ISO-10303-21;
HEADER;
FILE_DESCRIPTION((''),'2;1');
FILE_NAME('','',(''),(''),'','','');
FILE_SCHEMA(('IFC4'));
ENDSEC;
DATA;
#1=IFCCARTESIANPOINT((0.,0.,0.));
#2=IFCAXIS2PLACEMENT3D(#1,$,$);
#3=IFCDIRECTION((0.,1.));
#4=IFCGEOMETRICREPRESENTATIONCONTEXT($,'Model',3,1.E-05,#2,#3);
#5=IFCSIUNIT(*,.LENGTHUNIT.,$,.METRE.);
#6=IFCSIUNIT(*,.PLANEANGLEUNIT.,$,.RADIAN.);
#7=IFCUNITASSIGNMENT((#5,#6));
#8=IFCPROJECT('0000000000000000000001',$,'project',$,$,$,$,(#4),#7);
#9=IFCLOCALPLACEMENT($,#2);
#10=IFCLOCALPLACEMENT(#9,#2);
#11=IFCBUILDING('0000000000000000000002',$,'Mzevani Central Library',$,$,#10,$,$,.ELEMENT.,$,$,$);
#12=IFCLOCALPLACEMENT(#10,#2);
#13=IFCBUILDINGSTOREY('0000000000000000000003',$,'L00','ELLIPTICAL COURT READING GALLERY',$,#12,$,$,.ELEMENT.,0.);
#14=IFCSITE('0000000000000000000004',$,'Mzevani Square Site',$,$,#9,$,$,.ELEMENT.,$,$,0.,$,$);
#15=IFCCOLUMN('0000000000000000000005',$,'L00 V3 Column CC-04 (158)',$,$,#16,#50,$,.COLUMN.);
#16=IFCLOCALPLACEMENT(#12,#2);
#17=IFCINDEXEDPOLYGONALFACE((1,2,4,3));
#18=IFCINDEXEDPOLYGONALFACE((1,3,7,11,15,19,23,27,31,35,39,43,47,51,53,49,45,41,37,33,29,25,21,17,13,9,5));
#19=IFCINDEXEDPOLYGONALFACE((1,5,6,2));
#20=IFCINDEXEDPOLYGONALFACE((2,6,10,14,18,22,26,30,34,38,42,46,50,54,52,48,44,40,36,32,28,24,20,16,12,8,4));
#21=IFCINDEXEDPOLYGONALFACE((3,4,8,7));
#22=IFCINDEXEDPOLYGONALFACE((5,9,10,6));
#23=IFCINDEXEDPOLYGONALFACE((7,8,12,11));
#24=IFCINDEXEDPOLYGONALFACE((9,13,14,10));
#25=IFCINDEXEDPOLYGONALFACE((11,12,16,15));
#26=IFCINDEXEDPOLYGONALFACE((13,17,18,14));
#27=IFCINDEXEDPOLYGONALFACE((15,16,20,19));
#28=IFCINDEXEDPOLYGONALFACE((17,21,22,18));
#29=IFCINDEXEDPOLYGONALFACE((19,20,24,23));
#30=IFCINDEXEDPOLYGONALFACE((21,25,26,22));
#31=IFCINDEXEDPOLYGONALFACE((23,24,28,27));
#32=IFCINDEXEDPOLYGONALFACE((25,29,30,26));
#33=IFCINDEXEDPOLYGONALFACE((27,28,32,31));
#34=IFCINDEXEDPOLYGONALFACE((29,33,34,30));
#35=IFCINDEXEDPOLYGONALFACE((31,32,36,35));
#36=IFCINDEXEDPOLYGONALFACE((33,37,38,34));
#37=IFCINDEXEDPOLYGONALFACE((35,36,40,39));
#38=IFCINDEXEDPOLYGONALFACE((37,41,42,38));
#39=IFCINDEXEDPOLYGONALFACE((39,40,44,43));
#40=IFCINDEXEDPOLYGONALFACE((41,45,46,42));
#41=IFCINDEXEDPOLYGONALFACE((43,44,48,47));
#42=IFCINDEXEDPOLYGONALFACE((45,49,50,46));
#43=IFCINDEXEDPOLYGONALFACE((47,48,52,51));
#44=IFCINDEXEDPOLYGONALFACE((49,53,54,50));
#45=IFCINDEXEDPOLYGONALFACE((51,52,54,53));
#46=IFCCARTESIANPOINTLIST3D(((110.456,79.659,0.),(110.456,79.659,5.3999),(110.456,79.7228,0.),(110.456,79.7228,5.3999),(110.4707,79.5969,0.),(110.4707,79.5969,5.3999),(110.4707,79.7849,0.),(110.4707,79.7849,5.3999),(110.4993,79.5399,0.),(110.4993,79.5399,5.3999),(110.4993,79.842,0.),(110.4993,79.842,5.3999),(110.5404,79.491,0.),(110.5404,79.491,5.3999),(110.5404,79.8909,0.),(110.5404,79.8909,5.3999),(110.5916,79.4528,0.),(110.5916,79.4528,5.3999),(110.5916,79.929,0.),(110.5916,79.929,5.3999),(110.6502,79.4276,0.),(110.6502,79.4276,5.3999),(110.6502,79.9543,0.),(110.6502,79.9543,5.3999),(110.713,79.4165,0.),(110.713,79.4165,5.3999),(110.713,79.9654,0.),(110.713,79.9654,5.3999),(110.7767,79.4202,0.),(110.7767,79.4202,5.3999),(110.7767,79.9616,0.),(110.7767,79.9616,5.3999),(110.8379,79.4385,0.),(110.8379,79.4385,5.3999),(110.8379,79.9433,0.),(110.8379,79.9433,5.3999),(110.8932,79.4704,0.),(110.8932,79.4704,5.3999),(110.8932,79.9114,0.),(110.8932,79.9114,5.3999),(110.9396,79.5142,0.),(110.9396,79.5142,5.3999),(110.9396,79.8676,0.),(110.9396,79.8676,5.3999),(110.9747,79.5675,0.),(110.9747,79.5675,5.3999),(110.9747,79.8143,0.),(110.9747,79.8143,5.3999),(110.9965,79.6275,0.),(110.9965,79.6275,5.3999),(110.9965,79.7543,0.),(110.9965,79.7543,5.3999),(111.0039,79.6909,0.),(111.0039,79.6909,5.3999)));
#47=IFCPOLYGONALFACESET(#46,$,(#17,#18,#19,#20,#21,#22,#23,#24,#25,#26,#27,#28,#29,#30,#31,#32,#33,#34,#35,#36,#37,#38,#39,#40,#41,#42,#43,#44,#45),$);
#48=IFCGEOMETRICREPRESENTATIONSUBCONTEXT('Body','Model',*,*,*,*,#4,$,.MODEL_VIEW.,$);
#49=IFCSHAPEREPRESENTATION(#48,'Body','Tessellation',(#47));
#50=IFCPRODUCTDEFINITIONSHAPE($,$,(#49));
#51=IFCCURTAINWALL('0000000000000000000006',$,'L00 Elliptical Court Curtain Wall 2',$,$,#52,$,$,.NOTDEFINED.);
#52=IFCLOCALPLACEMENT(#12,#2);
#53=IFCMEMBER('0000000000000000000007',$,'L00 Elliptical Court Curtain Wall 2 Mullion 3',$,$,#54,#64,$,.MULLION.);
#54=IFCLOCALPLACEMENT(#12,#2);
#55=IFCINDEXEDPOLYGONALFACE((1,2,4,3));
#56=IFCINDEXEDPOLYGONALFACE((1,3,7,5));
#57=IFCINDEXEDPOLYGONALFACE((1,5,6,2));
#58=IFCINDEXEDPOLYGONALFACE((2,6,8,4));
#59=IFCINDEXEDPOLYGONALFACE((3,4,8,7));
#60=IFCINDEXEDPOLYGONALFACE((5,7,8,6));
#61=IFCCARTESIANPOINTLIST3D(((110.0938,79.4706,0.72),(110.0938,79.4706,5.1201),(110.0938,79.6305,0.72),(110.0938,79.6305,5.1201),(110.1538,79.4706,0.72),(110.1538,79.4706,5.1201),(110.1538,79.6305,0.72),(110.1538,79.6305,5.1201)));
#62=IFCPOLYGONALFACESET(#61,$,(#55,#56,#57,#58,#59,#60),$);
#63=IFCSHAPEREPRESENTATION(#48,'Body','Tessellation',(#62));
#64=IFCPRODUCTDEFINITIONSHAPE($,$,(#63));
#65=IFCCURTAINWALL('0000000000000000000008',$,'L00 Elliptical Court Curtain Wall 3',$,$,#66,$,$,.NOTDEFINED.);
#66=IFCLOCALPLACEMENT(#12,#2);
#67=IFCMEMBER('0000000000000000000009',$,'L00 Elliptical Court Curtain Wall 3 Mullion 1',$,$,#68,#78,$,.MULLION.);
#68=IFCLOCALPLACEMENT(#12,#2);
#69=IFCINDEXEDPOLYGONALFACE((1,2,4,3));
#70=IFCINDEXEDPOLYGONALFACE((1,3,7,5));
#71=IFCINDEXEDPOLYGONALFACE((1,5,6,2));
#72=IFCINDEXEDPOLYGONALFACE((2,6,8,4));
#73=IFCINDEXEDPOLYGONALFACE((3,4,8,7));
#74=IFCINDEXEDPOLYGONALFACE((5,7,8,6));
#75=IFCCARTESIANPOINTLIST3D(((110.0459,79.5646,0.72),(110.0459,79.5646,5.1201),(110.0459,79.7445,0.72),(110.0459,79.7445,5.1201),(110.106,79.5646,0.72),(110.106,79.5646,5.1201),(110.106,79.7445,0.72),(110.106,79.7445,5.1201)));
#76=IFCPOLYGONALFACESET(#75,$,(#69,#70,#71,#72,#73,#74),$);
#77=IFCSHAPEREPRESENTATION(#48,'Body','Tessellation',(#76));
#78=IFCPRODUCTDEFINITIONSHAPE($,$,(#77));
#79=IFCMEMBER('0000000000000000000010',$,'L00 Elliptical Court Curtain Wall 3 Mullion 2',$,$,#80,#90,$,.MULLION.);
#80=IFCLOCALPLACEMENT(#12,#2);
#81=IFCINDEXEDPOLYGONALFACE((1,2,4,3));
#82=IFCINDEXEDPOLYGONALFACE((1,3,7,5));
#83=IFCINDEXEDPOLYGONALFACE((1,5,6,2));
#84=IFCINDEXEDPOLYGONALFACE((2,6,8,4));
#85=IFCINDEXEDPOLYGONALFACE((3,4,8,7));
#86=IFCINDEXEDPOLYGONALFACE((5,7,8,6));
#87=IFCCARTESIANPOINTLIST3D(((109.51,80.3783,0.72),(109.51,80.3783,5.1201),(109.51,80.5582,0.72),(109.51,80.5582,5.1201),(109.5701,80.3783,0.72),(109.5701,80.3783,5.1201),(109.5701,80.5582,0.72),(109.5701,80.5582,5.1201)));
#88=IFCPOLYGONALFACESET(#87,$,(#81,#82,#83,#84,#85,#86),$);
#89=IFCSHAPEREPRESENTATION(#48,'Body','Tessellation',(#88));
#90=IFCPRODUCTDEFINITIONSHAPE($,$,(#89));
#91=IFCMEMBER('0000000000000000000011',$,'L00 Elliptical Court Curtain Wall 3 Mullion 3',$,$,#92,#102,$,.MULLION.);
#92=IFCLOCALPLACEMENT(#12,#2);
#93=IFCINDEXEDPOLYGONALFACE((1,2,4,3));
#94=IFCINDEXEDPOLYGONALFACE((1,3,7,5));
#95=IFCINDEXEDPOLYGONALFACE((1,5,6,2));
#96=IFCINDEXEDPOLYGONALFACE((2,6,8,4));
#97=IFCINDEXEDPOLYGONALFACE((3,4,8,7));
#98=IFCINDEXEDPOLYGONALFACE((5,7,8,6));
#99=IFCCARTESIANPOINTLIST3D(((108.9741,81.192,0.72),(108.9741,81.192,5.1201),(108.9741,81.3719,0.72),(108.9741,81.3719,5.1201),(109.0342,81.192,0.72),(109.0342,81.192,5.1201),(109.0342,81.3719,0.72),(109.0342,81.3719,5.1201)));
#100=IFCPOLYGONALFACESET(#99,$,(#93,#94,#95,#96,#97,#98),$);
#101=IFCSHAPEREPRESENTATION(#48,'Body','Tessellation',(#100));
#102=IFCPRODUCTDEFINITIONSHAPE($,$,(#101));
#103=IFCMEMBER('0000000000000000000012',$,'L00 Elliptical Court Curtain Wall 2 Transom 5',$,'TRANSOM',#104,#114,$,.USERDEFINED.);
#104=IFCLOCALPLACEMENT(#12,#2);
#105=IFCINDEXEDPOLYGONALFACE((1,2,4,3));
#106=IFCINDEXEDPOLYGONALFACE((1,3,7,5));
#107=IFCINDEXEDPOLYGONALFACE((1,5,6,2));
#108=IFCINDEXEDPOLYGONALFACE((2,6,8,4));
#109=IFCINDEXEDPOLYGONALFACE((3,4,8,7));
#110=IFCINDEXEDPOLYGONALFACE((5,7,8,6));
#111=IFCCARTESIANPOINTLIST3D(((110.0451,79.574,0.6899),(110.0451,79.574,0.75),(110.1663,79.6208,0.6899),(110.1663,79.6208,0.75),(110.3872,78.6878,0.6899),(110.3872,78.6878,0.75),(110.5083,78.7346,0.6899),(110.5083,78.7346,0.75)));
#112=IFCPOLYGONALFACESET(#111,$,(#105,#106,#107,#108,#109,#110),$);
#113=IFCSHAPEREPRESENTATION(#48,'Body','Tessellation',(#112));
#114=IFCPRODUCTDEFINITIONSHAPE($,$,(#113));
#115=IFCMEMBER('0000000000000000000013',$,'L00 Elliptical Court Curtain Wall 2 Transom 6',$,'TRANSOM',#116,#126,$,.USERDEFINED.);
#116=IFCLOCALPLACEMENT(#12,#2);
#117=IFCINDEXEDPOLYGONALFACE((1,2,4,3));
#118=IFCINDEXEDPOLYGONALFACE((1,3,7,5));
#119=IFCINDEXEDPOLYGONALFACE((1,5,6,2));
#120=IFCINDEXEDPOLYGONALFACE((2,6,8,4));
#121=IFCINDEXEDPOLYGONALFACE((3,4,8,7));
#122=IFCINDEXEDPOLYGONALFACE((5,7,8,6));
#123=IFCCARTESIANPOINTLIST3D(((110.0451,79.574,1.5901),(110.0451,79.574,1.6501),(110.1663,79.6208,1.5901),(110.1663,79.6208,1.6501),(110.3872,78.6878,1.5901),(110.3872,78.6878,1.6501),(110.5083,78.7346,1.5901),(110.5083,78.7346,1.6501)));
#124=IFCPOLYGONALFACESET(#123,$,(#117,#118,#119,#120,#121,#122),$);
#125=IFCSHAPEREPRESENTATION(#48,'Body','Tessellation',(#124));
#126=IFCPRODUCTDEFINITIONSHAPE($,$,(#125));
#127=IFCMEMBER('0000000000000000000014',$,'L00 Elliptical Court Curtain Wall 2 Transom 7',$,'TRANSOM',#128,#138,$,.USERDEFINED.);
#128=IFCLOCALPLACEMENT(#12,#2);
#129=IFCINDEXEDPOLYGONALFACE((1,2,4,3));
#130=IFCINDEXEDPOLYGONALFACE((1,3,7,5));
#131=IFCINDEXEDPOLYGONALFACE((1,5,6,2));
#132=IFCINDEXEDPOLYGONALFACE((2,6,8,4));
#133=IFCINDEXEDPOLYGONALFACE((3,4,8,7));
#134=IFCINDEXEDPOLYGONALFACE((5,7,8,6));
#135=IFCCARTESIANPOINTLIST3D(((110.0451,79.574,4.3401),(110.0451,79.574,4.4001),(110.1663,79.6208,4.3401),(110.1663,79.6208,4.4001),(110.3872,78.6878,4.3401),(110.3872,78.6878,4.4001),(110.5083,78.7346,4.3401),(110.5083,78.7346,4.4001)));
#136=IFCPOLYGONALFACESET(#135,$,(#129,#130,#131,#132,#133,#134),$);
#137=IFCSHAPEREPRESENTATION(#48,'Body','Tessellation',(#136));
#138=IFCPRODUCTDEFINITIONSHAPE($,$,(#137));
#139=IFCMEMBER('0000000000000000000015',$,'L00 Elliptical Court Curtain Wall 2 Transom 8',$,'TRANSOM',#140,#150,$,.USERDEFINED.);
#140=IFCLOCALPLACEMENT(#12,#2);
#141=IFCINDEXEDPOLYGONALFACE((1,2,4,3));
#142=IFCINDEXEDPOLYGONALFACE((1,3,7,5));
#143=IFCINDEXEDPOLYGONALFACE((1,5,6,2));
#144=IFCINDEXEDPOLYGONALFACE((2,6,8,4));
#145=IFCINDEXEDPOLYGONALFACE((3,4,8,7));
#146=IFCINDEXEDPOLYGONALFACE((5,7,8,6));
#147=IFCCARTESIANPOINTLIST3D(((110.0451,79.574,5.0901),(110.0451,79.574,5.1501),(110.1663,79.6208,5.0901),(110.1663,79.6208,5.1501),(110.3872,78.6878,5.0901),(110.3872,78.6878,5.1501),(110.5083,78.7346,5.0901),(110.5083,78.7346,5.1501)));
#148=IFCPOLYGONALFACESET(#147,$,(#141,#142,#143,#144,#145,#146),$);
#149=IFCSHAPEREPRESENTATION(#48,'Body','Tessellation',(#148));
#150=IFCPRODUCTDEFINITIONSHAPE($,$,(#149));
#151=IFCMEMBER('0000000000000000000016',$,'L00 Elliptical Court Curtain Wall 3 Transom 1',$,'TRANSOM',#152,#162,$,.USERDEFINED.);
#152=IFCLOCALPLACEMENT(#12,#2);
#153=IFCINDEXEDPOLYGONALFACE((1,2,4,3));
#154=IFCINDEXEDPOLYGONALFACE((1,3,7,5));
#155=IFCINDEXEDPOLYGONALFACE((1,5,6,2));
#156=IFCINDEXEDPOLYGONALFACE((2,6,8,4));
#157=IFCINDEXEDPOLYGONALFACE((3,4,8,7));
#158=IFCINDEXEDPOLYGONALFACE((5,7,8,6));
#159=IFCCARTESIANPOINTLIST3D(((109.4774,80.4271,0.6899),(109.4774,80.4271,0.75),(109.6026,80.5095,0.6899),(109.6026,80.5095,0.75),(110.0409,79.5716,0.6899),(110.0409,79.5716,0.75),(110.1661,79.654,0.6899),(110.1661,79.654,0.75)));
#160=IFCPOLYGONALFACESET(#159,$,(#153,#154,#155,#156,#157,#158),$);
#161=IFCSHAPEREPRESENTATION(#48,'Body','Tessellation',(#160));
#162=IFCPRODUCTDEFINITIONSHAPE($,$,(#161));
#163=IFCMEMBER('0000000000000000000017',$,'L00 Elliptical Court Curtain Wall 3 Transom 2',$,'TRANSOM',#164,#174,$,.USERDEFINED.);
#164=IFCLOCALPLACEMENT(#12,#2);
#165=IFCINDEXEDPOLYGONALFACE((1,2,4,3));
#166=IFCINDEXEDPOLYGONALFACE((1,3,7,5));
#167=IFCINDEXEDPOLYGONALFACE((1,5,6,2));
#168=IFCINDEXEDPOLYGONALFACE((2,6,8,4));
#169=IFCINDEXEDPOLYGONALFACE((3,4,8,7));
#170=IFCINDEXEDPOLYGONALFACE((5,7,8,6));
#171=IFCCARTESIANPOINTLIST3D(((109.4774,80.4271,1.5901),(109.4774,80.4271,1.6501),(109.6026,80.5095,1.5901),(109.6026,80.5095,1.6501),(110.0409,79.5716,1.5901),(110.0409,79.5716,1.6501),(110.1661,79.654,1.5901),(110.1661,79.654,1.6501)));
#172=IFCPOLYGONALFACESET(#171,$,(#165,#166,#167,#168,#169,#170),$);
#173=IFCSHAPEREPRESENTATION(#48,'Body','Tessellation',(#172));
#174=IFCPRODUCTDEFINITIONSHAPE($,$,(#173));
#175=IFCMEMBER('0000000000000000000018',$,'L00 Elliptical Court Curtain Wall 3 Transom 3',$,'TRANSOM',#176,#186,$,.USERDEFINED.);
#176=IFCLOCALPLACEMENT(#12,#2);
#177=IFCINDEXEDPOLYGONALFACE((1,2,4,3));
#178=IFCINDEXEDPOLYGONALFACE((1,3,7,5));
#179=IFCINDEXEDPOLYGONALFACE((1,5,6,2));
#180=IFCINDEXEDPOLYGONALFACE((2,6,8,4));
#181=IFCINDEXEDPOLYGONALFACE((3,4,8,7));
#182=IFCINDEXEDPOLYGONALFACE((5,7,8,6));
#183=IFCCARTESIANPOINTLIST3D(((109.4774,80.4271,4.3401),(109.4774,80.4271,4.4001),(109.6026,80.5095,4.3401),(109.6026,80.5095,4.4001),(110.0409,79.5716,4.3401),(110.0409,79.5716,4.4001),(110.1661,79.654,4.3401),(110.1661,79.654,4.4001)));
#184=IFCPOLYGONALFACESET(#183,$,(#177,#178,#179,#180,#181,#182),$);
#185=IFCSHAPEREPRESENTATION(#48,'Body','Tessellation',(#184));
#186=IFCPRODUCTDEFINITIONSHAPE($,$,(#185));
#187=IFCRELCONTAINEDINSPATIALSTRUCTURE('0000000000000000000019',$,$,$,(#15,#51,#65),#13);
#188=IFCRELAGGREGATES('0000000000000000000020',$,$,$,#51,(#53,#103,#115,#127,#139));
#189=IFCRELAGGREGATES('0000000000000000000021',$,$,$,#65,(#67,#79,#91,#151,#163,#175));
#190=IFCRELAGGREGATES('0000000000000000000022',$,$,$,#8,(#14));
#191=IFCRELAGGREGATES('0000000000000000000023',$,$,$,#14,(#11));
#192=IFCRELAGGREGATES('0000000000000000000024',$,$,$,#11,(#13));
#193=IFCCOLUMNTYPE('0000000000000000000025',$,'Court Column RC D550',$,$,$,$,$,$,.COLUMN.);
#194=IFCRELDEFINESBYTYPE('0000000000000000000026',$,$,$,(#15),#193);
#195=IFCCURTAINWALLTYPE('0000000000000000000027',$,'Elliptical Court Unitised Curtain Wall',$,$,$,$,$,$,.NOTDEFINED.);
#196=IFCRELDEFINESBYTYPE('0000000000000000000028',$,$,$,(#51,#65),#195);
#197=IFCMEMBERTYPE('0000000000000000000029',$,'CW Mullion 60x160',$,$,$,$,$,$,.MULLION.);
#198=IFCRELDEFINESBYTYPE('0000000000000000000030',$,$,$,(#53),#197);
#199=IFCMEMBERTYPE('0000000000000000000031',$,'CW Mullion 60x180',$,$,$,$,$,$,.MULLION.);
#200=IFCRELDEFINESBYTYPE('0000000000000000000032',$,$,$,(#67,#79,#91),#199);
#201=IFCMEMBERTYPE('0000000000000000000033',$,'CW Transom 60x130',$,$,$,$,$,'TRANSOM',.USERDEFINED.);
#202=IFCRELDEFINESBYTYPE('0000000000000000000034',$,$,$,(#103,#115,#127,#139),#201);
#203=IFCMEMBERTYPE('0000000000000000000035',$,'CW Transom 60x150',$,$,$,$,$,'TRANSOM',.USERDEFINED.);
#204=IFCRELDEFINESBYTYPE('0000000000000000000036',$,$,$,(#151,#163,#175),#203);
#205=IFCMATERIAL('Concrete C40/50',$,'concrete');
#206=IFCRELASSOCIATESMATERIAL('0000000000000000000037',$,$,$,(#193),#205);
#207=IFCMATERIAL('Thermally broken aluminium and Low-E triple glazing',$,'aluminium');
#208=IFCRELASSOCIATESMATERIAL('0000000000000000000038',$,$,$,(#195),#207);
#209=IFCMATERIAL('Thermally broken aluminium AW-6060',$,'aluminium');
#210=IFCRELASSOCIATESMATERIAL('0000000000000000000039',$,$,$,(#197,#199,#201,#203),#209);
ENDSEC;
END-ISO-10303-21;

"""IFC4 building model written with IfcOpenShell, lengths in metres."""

from ifc_helpers import new_model, si_unit, direction, frame, origin, origin_2d, place, context, subcontext, project, spatial, rectangle, circle, extrude, material, material_profile, profile_set, type_object, element, aggregate, save


model = new_model("IFC4")

# Units and contexts
model_context = context("Model", 3, precision=1e-05, world=origin(), true_north=direction((0.0, 1.0)))
body_context = subcontext(model_context, "Body", "Model", "MODEL_VIEW")
ifc_project = project(units=[si_unit("LENGTHUNIT", "METRE"), si_unit("PLANEANGLEUNIT", "RADIAN")], contexts=[model_context])

# Site, building, storey
site_placement = place(None, origin())
site = spatial("IfcSite", under=ifc_project, at=site_placement, Name="Mzevani Square Site", CompositionType="ELEMENT", RefElevation=0.0)
building_placement = place(site_placement, origin())
building = spatial("IfcBuilding", under=site, at=building_placement, Name="Mzevani Central Library", CompositionType="ELEMENT")
storey_placement = place(building_placement, origin())
storey = spatial("IfcBuildingStorey", under=building, at=storey_placement, Name="L00", Description="ELLIPTICAL COURT READING GALLERY", CompositionType="ELEMENT", Elevation=0.0)

# Column
ifc_material_1 = material(Name="Concrete C40/50", Category="concrete")
ifc_material_profile_1 = material_profile(ifc_material_1, circle(Radius=0.2749, at=origin_2d()), Name="RC D550")
ifc_profile_set_1 = profile_set([ifc_material_profile_1], Name="Concrete C40/50")
column_type = type_object("IfcColumnType", Name="Court Column RC D550", PredefinedType="COLUMN", material=ifc_profile_set_1)
column_placement = place(storey_placement, frame((110.729, 79.6909, 0.0), z_axis=(0.0, 0.0, 1.0), x_axis=(1.0, 0.0, 0.0)))
element("IfcColumn", 1, at=column_placement, inside=storey, type_object=column_type, Name="L00 V3 Column CC-04 (158)", PredefinedType="COLUMN", context=body_context, shape_type="SweptSolid", body=[
    extrude(circle(Radius=0.2749, at=origin_2d()), origin(), (0.0, 0.0, 1.0), 5.3999),
])

# Curtain wall, member
ifc_material_2 = material(Name="Thermally broken aluminium and Low-E triple glazing", Category="aluminium")
curtain_wall_type_1 = type_object("IfcCurtainWallType", Name="Elliptical Court Unitised Curtain Wall", PredefinedType="NOTDEFINED", material=ifc_material_2)
curtain_wall_1_placement = place(storey_placement, origin())
curtain_wall_1 = element("IfcCurtainWall", 2, at=curtain_wall_1_placement, inside=storey, type_object=curtain_wall_type_1, Name="L00 Elliptical Court Curtain Wall 2", PredefinedType="NOTDEFINED")
ifc_material_3 = material(Name="Thermally broken aluminium AW-6060", Category="aluminium")
ifc_material_profile_2 = material_profile(ifc_material_3, rectangle(XDim=0.0601, YDim=0.1599, at=origin_2d()), Name="ALU M60x160")
ifc_profile_set_2 = profile_set([ifc_material_profile_2], Name="Thermally broken aluminium AW-6060")
member_type_1 = type_object("IfcMemberType", Name="CW Mullion 60x160", PredefinedType="MULLION", material=ifc_profile_set_2)
member_1_placement = place(storey_placement, frame((110.1238, 79.5505, 0.72), z_axis=(0.0, 0.0, 1.0), x_axis=(1.0, 0.0, 0.0)))
member_1 = element("IfcMember", 3, at=member_1_placement, type_object=member_type_1, Name="L00 Elliptical Court Curtain Wall 2 Mullion 3", PredefinedType="MULLION", context=body_context, shape_type="SweptSolid", body=[
    extrude(rectangle(XDim=0.0601, YDim=0.1599, at=origin_2d()), origin(), (0.0, 0.0, 1.0), 4.4001),
])

# Curtain wall, members
curtain_wall_2_placement = place(storey_placement, origin())
curtain_wall_2 = element("IfcCurtainWall", 4, at=curtain_wall_2_placement, inside=storey, type_object=curtain_wall_type_1, Name="L00 Elliptical Court Curtain Wall 3", PredefinedType="NOTDEFINED")
ifc_material_profile_3 = material_profile(ifc_material_3, rectangle(XDim=0.0601, YDim=0.1799, at=origin_2d()), Name="ALU M60x180")
ifc_profile_set_3 = profile_set([ifc_material_profile_3], Name="Thermally broken aluminium AW-6060")
member_type_2 = type_object("IfcMemberType", Name="CW Mullion 60x180", PredefinedType="MULLION", material=ifc_profile_set_3)
member_2_placement = place(storey_placement, frame((110.0759, 79.6545, 0.72), z_axis=(0.0, 0.0, 1.0), x_axis=(1.0, 0.0, 0.0)))
member_2 = element("IfcMember", 5, at=member_2_placement, type_object=member_type_2, Name="L00 Elliptical Court Curtain Wall 3 Mullion 1", PredefinedType="MULLION", context=body_context, shape_type="SweptSolid", body=[
    extrude(rectangle(XDim=0.0601, YDim=0.1799, at=origin_2d()), origin(), (0.0, 0.0, 1.0), 4.4001),
])
member_3_placement = place(storey_placement, frame((109.54, 80.4683, 0.72), z_axis=(0.0, 0.0, 1.0), x_axis=(1.0, 0.0, 0.0)))
member_3 = element("IfcMember", 6, at=member_3_placement, type_object=member_type_2, Name="L00 Elliptical Court Curtain Wall 3 Mullion 2", PredefinedType="MULLION", context=body_context, shape_type="SweptSolid", body=[
    extrude(rectangle(XDim=0.0601, YDim=0.1799, at=origin_2d()), origin(), (0.0, 0.0, 1.0), 4.4001),
])
member_4_placement = place(storey_placement, frame((109.0042, 81.282, 0.72), z_axis=(0.0, 0.0, 1.0), x_axis=(1.0, 0.0, 0.0)))
member_4 = element("IfcMember", 7, at=member_4_placement, type_object=member_type_2, Name="L00 Elliptical Court Curtain Wall 3 Mullion 3", PredefinedType="MULLION", context=body_context, shape_type="SweptSolid", body=[
    extrude(rectangle(XDim=0.0601, YDim=0.1799, at=origin_2d()), origin(), (0.0, 0.0, 1.0), 4.4001),
])

# Members
ifc_material_profile_4 = material_profile(ifc_material_3, rectangle(XDim=0.1299, YDim=0.0601, at=origin_2d()), Name="ALU T60x130")
ifc_profile_set_4 = profile_set([ifc_material_profile_4], Name="Thermally broken aluminium AW-6060")
member_type_3 = type_object("IfcMemberType", Name="CW Transom 60x130", ElementType="TRANSOM", PredefinedType="USERDEFINED", material=ifc_profile_set_4)
member_5_placement = place(storey_placement, frame((110.4478, 78.7112, 0.72), z_axis=(-0.360064, 0.932928, 0.0), x_axis=(-0.932928, -0.360064, 0.0)))
member_5 = element("IfcMember", 8, at=member_5_placement, type_object=member_type_3, Name="L00 Elliptical Court Curtain Wall 2 Transom 5", ObjectType="TRANSOM", PredefinedType="USERDEFINED", context=body_context, shape_type="SweptSolid", body=[
    extrude(rectangle(XDim=0.1299, YDim=0.0601, at=origin_2d()), origin(), (0.0, 0.0, 1.0), 0.95),
])
member_6_placement = place(storey_placement, frame((110.4478, 78.7112, 1.6201), z_axis=(-0.360064, 0.932928, 0.0), x_axis=(-0.932928, -0.360064, 0.0)))
member_6 = element("IfcMember", 9, at=member_6_placement, type_object=member_type_3, Name="L00 Elliptical Court Curtain Wall 2 Transom 6", ObjectType="TRANSOM", PredefinedType="USERDEFINED", context=body_context, shape_type="SweptSolid", body=[
    extrude(rectangle(XDim=0.1299, YDim=0.0601, at=origin_2d()), origin(), (0.0, 0.0, 1.0), 0.95),
])
member_7_placement = place(storey_placement, frame((110.4478, 78.7112, 4.3701), z_axis=(-0.360064, 0.932928, 0.0), x_axis=(-0.932928, -0.360064, 0.0)))
member_7 = element("IfcMember", 10, at=member_7_placement, type_object=member_type_3, Name="L00 Elliptical Court Curtain Wall 2 Transom 7", ObjectType="TRANSOM", PredefinedType="USERDEFINED", context=body_context, shape_type="SweptSolid", body=[
    extrude(rectangle(XDim=0.1299, YDim=0.0601, at=origin_2d()), origin(), (0.0, 0.0, 1.0), 0.95),
])
member_8_placement = place(storey_placement, frame((110.4478, 78.7112, 5.1201), z_axis=(-0.360064, 0.932928, 0.0), x_axis=(-0.932928, -0.360064, 0.0)))
member_8 = element("IfcMember", 11, at=member_8_placement, type_object=member_type_3, Name="L00 Elliptical Court Curtain Wall 2 Transom 8", ObjectType="TRANSOM", PredefinedType="USERDEFINED", context=body_context, shape_type="SweptSolid", body=[
    extrude(rectangle(XDim=0.1299, YDim=0.0601, at=origin_2d()), origin(), (0.0, 0.0, 1.0), 0.95),
])
ifc_material_profile_5 = material_profile(ifc_material_3, rectangle(XDim=0.1499, YDim=0.0601, at=origin_2d()), Name="ALU T60x150")
ifc_profile_set_5 = profile_set([ifc_material_profile_5], Name="Thermally broken aluminium AW-6060")
member_type_4 = type_object("IfcMemberType", Name="CW Transom 60x150", ElementType="TRANSOM", PredefinedType="USERDEFINED", material=ifc_profile_set_5)
member_9_placement = place(storey_placement, frame((110.1035, 79.6128, 0.72), z_axis=(-0.550072, 0.835117, 0.0), x_axis=(-0.835117, -0.550072, 0.0)))
member_9 = element("IfcMember", 12, at=member_9_placement, type_object=member_type_4, Name="L00 Elliptical Court Curtain Wall 3 Transom 1", ObjectType="TRANSOM", PredefinedType="USERDEFINED", context=body_context, shape_type="SweptSolid", body=[
    extrude(rectangle(XDim=0.1499, YDim=0.0601, at=origin_2d()), origin(), (0.0, 0.0, 1.0), 1.0244),
])
member_10_placement = place(storey_placement, frame((110.1035, 79.6128, 1.6201), z_axis=(-0.550072, 0.835117, 0.0), x_axis=(-0.835117, -0.550072, 0.0)))
member_10 = element("IfcMember", 13, at=member_10_placement, type_object=member_type_4, Name="L00 Elliptical Court Curtain Wall 3 Transom 2", ObjectType="TRANSOM", PredefinedType="USERDEFINED", context=body_context, shape_type="SweptSolid", body=[
    extrude(rectangle(XDim=0.1499, YDim=0.0601, at=origin_2d()), origin(), (0.0, 0.0, 1.0), 1.0244),
])
member_11_placement = place(storey_placement, frame((110.1035, 79.6128, 4.3701), z_axis=(-0.550072, 0.835117, 0.0), x_axis=(-0.835117, -0.550072, 0.0)))
member_11 = element("IfcMember", 14, at=member_11_placement, type_object=member_type_4, Name="L00 Elliptical Court Curtain Wall 3 Transom 3", ObjectType="TRANSOM", PredefinedType="USERDEFINED", context=body_context, shape_type="SweptSolid", body=[
    extrude(rectangle(XDim=0.1499, YDim=0.0601, at=origin_2d()), origin(), (0.0, 0.0, 1.0), 1.0244),
])

aggregate(curtain_wall_1, [member_1, member_5, member_6, member_7, member_8])
aggregate(curtain_wall_2, [member_2, member_3, member_4, member_9, member_10, member_11])

save(model, "model.ifc")
